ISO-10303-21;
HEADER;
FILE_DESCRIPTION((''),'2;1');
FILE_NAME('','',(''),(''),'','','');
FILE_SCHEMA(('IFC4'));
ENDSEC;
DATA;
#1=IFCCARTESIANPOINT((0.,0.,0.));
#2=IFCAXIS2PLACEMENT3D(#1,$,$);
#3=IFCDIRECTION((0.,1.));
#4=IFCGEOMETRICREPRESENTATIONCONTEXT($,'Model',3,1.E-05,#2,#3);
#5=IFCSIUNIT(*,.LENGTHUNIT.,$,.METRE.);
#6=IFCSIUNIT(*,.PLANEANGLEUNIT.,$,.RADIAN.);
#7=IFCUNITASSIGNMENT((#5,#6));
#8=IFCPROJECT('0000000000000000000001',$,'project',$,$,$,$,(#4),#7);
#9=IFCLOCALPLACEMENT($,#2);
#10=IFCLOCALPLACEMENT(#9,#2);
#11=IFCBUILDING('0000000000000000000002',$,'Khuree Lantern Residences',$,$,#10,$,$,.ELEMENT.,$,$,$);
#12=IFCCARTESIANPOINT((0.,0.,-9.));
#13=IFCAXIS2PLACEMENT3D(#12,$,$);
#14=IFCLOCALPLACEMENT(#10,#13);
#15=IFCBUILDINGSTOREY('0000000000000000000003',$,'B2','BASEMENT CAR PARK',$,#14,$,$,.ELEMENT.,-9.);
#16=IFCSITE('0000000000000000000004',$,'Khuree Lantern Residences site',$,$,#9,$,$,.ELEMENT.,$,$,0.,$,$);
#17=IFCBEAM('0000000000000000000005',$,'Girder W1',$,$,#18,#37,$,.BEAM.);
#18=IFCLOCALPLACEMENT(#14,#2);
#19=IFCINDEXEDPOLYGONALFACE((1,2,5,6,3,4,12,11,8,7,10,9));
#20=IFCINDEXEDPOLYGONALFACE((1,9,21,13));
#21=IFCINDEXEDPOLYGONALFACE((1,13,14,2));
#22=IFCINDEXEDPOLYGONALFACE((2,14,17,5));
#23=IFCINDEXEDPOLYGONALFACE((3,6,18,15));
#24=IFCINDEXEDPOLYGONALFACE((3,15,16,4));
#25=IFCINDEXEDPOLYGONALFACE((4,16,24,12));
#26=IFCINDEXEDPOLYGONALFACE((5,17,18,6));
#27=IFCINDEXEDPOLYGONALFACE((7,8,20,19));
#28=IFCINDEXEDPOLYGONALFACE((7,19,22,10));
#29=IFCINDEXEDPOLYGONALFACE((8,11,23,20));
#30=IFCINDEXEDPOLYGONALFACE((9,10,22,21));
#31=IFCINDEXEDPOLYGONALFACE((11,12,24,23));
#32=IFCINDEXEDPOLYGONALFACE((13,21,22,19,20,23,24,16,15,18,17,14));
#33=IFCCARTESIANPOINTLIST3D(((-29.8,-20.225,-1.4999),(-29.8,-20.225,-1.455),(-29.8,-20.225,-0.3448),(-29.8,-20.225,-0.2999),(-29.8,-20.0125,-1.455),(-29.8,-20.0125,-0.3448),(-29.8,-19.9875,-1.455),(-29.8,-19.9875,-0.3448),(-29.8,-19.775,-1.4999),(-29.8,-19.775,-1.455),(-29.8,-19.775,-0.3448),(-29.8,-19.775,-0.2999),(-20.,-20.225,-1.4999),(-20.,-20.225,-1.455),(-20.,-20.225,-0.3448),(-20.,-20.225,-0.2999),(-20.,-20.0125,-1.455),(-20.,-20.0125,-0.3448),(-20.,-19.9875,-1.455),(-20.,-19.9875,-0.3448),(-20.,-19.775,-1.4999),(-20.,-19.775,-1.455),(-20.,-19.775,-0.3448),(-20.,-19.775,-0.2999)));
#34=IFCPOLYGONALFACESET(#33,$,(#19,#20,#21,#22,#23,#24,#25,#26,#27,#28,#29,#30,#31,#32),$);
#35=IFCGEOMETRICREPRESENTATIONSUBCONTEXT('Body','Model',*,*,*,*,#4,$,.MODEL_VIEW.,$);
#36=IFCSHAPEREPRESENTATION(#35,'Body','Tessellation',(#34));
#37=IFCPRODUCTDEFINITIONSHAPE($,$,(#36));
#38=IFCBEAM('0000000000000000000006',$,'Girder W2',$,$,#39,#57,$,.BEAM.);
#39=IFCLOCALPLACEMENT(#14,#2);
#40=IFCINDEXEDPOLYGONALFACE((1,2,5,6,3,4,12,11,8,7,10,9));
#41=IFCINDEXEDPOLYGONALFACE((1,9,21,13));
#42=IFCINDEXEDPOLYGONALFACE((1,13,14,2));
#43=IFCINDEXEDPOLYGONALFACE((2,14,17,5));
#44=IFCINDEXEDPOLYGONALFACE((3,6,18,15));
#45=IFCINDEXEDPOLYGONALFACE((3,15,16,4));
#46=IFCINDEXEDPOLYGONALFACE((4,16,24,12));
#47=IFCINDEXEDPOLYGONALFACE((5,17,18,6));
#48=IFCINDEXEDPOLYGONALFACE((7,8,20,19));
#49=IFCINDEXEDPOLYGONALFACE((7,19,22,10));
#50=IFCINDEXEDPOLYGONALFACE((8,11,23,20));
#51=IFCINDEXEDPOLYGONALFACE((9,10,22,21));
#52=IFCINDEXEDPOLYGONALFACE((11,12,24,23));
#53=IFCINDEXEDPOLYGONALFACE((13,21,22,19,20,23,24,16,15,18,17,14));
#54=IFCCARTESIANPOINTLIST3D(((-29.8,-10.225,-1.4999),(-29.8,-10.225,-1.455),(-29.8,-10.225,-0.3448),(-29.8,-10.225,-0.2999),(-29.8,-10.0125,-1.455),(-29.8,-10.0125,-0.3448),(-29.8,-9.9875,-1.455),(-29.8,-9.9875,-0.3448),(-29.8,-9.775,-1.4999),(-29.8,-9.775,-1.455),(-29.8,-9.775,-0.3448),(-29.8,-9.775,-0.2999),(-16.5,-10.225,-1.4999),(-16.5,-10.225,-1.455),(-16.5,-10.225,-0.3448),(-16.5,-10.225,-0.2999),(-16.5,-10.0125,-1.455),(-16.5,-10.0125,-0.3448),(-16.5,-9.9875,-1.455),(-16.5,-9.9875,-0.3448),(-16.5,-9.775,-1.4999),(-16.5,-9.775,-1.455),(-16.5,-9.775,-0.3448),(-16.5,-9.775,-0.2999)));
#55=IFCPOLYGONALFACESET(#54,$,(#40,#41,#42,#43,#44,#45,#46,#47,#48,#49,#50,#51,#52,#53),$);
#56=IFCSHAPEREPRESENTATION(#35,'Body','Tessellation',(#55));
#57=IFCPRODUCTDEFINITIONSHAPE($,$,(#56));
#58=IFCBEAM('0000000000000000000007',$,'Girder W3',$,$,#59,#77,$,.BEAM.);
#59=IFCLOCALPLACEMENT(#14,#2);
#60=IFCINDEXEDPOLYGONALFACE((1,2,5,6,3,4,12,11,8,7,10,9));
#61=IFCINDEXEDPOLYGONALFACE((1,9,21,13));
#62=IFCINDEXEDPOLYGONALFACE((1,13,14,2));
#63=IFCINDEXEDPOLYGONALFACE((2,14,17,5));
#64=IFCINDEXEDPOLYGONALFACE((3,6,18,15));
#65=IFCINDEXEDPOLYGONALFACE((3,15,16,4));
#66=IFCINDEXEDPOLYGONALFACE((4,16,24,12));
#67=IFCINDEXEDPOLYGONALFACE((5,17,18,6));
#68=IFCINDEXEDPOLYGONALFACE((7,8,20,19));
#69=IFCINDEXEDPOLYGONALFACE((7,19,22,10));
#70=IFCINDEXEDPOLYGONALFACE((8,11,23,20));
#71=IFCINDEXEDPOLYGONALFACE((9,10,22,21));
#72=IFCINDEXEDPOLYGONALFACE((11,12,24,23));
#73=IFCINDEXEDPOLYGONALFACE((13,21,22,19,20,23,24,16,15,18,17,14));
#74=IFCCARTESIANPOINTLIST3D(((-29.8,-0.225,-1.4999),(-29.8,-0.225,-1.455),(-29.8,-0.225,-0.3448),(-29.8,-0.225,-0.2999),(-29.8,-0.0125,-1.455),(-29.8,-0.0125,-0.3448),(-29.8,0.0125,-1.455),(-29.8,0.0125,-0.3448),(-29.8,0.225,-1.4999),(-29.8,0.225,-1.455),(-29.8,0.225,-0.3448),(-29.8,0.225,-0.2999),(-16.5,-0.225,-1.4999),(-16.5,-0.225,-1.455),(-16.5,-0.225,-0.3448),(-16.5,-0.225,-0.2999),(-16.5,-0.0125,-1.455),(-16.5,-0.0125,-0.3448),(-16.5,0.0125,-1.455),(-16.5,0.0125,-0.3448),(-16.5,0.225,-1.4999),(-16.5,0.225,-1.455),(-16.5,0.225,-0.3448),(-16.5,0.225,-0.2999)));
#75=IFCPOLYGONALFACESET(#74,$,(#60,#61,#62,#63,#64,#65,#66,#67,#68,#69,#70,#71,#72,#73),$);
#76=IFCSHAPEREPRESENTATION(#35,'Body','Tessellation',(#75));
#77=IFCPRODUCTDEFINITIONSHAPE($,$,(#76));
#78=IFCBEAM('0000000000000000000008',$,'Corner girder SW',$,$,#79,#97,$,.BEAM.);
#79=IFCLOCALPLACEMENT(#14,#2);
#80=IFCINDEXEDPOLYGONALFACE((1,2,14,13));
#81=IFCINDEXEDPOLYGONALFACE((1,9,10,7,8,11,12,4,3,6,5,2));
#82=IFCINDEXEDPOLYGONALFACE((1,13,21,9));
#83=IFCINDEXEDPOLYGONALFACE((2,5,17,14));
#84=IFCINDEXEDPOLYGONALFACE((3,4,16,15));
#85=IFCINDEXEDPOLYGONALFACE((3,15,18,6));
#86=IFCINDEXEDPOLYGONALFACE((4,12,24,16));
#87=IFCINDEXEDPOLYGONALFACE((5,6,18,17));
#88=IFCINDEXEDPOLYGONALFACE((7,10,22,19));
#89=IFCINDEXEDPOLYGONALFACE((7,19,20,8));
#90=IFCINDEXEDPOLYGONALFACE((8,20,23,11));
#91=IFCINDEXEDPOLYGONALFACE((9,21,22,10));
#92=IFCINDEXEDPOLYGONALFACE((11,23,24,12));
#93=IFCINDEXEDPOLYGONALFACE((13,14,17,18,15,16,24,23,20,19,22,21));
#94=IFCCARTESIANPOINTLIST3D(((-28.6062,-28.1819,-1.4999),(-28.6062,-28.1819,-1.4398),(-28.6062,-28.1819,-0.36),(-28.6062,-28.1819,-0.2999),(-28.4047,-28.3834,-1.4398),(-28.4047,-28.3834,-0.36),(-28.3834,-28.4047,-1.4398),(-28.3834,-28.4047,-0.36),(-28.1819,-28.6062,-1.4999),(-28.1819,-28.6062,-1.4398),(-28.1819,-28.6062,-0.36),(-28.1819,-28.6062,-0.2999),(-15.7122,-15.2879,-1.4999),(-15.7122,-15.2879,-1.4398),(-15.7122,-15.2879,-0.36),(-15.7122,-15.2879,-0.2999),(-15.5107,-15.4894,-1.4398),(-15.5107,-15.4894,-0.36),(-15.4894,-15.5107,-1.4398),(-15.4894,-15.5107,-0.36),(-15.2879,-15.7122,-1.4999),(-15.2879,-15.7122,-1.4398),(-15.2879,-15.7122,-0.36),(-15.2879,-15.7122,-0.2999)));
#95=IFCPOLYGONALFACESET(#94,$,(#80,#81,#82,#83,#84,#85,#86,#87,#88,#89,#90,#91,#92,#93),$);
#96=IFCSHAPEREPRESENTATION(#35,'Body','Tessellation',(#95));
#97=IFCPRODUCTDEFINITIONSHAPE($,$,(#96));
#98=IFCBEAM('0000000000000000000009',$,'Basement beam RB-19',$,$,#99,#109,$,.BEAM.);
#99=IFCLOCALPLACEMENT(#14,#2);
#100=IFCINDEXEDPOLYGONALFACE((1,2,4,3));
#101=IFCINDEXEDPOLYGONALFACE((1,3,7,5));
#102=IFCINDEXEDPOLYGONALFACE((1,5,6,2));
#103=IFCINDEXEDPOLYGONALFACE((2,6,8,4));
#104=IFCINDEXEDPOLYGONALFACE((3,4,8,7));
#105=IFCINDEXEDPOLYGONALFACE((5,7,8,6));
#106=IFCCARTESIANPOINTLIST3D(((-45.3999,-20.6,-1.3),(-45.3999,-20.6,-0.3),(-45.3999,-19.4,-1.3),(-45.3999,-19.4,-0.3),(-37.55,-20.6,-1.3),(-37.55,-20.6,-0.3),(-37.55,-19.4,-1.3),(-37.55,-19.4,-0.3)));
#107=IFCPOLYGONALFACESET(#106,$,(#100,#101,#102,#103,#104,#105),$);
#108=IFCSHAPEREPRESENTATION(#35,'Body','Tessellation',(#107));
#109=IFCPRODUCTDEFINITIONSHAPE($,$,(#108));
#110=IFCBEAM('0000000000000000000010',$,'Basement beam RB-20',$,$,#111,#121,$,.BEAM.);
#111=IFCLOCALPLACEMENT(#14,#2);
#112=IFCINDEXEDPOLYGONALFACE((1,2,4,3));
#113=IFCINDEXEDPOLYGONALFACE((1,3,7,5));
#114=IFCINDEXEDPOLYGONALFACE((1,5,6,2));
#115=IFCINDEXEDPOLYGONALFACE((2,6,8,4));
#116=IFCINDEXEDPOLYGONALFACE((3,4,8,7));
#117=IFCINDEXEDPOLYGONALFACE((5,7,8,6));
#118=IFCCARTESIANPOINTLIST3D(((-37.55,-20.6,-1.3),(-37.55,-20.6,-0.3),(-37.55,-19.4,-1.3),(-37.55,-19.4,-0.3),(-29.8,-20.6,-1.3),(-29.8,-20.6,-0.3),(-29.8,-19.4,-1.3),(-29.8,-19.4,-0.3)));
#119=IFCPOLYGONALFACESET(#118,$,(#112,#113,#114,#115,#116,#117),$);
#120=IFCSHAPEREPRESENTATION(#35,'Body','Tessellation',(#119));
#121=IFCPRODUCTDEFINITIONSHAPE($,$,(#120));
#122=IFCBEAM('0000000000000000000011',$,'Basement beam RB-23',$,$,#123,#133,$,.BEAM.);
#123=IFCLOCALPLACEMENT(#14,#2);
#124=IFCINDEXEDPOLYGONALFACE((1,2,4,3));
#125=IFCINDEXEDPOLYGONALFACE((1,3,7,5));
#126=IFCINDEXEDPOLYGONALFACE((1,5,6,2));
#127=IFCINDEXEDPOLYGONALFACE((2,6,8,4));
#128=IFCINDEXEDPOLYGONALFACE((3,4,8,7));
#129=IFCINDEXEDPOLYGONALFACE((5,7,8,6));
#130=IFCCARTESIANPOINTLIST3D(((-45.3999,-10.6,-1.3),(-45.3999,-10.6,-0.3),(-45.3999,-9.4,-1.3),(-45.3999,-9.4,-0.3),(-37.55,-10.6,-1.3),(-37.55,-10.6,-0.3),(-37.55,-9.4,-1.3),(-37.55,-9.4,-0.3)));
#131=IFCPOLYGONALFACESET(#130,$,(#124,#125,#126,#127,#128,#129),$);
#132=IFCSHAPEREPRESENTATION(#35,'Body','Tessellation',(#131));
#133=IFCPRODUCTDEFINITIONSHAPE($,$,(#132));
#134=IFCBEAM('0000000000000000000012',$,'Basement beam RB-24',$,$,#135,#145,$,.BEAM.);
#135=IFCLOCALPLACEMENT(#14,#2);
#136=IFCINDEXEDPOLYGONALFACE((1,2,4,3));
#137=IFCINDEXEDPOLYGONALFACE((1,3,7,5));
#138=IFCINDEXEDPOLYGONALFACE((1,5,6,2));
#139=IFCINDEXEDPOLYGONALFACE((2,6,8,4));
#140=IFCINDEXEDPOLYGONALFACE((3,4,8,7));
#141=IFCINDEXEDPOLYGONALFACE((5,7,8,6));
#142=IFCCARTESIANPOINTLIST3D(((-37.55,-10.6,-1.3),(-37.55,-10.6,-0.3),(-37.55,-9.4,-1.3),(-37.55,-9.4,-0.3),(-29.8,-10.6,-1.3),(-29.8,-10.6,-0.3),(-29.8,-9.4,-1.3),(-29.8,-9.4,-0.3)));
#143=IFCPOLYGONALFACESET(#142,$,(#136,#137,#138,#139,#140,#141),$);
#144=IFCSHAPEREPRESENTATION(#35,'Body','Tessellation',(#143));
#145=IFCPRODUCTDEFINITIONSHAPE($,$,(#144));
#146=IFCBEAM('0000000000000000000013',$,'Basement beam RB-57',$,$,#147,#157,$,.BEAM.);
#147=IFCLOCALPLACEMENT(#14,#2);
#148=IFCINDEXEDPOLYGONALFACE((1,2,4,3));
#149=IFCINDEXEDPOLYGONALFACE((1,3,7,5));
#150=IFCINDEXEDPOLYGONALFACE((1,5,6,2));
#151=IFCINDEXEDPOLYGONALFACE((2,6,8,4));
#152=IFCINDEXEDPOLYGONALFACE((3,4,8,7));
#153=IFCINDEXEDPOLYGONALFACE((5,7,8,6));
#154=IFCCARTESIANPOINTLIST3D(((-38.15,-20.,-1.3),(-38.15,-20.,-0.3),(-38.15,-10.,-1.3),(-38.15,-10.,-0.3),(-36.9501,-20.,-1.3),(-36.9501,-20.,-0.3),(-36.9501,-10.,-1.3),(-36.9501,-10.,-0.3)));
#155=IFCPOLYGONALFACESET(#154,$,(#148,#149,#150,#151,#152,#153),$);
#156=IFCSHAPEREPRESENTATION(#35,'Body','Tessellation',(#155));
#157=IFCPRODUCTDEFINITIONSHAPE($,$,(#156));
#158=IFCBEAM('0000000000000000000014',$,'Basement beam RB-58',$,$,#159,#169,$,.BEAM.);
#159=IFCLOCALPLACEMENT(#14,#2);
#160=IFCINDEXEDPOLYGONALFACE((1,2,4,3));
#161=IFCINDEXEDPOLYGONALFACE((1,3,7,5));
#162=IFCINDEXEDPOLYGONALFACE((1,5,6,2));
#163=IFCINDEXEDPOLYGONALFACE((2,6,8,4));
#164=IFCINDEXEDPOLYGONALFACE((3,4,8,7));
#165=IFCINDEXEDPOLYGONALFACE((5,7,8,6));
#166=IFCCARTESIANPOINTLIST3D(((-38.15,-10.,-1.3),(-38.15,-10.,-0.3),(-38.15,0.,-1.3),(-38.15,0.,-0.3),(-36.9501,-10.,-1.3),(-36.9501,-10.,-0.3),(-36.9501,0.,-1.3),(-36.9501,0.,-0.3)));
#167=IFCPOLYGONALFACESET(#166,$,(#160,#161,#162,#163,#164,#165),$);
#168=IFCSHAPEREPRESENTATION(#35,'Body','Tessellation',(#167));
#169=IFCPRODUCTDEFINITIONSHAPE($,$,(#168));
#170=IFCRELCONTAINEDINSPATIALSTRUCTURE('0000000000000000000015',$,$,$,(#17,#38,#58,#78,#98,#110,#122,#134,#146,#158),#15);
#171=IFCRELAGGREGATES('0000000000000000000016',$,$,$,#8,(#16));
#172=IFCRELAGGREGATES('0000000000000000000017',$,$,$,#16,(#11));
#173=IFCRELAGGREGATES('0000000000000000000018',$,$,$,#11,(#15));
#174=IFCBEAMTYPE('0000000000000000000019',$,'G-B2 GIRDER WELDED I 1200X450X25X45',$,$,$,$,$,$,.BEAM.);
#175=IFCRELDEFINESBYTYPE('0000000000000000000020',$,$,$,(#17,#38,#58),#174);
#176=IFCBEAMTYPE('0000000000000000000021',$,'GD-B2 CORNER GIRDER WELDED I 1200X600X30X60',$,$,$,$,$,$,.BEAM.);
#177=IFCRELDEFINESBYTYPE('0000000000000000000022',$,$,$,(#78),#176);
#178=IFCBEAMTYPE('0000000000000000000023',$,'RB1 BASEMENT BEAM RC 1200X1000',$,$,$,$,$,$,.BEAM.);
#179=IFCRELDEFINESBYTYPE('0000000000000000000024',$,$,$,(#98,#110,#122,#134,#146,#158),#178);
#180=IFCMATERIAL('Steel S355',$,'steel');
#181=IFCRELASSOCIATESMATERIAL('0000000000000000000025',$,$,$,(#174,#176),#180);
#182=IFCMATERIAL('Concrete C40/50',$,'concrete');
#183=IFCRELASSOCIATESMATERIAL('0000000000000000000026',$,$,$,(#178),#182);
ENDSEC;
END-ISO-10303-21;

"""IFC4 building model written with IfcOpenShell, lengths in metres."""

from ifc_helpers import new_model, si_unit, direction, frame, origin, origin_2d, place, context, subcontext, project, spatial, rectangle, i_section, extrude, material, material_profile, profile_set, type_object, element, save


model = new_model("IFC4")

# Units and contexts
model_context = context("Model", 3, precision=1e-05, world=origin(), true_north=direction((0.0, 1.0)))
body_context = subcontext(model_context, "Body", "Model", "MODEL_VIEW")
ifc_project = project(units=[si_unit("LENGTHUNIT", "METRE"), si_unit("PLANEANGLEUNIT", "RADIAN")], contexts=[model_context])

# Site, building, storey
site_placement = place(None, origin())
site = spatial("IfcSite", under=ifc_project, at=site_placement, Name="Khuree Lantern Residences site", CompositionType="ELEMENT", RefElevation=0.0)
building_placement = place(site_placement, origin())
building = spatial("IfcBuilding", under=site, at=building_placement, Name="Khuree Lantern Residences", CompositionType="ELEMENT")
storey_placement = place(building_placement, frame((0.0, 0.0, -9.0)))
storey = spatial("IfcBuildingStorey", under=building, at=storey_placement, Name="B2", Description="BASEMENT CAR PARK", CompositionType="ELEMENT", Elevation=-9.0)

# Beams
ifc_material_1 = material(Name="Steel S355", Category="steel")
ifc_material_profile_1 = material_profile(ifc_material_1, i_section(OverallWidth=0.45, OverallDepth=1.2, WebThickness=0.0249, FlangeThickness=0.0449, at=origin_2d()), Name="WELDED I 1200X450X25X45")
ifc_profile_set_1 = profile_set([ifc_material_profile_1], Name="Steel S355")
beam_type_1 = type_object("IfcBeamType", Name="G-B2 GIRDER WELDED I 1200X450X25X45", PredefinedType="BEAM", material=ifc_profile_set_1)
beam_1_placement = place(storey_placement, frame((-29.8, -20.0, -0.8999), z_axis=(1.0, 0.0, 0.0), x_axis=(0.0, 1.0, 0.0)))
element("IfcBeam", 1, at=beam_1_placement, inside=storey, type_object=beam_type_1, Name="Girder W1", PredefinedType="BEAM", context=body_context, shape_type="SweptSolid", body=[
    extrude(i_section(OverallWidth=0.45, OverallDepth=1.2, WebThickness=0.0249, FlangeThickness=0.0449, at=origin_2d()), origin(), (0.0, 0.0, 1.0), 9.8),
])
for number, where, z_axis, x_axis, name in (
    (2, (-29.8, -10.0, -0.8999), (1.0, 0.0, 0.0), (0.0, 1.0, 0.0), "Girder W2"),
    (3, (-29.8, 0.0, -0.8999), (1.0, 0.0, 0.0), (0.0, 1.0, 0.0), "Girder W3"),
):
    element("IfcBeam", number, at=place(storey_placement, frame(where, z_axis=z_axis, x_axis=x_axis)), inside=storey, type_object=beam_type_1, Name=name, PredefinedType="BEAM", context=body_context, shape_type="SweptSolid", body=[
        extrude(i_section(OverallWidth=0.45, OverallDepth=1.2, WebThickness=0.0249, FlangeThickness=0.0449, at=origin_2d()), origin(), (0.0, 0.0, 1.0), 13.3),
    ])
ifc_material_profile_2 = material_profile(ifc_material_1, i_section(OverallWidth=0.6001, OverallDepth=1.2, WebThickness=0.03, FlangeThickness=0.0601, at=origin_2d()), Name="WELDED I 1200X600X30X60")
ifc_profile_set_2 = profile_set([ifc_material_profile_2], Name="Steel S355")
beam_type_2 = type_object("IfcBeamType", Name="GD-B2 CORNER GIRDER WELDED I 1200X600X30X60", PredefinedType="BEAM", material=ifc_profile_set_2)
beam_2_placement = place(storey_placement, frame((-28.394, -28.394, -0.8999), z_axis=(0.707107, 0.707107, 0.0), x_axis=(-0.707107, 0.707107, 0.0)))
element("IfcBeam", 4, at=beam_2_placement, inside=storey, type_object=beam_type_2, Name="Corner girder SW", PredefinedType="BEAM", context=body_context, shape_type="SweptSolid", body=[
    extrude(i_section(OverallWidth=0.6001, OverallDepth=1.2, WebThickness=0.03, FlangeThickness=0.0601, at=origin_2d()), origin(), (0.0, 0.0, 1.0), 18.2349),
])
ifc_material_2 = material(Name="Concrete C40/50", Category="concrete")
ifc_material_profile_3 = material_profile(ifc_material_2, rectangle(XDim=1.2, YDim=1.0, at=origin_2d()), Name="RC 1200X1000")
ifc_profile_set_3 = profile_set([ifc_material_profile_3], Name="Concrete C40/50")
beam_type_3 = type_object("IfcBeamType", Name="RB1 BASEMENT BEAM RC 1200X1000", PredefinedType="BEAM", material=ifc_profile_set_3)
beam_3_placement = place(storey_placement, frame((-45.3999, -20.0, -0.8), z_axis=(1.0, 0.0, 0.0), x_axis=(0.0, 1.0, 0.0)))
element("IfcBeam", 5, at=beam_3_placement, inside=storey, type_object=beam_type_3, Name="Basement beam RB-19", PredefinedType="BEAM", context=body_context, shape_type="SweptSolid", body=[
    extrude(rectangle(XDim=1.2, YDim=1.0, at=origin_2d()), origin(), (0.0, 0.0, 1.0), 7.8499),
])
beam_4_placement = place(storey_placement, frame((-37.55, -20.0, -0.8), z_axis=(1.0, 0.0, 0.0), x_axis=(0.0, 1.0, 0.0)))
element("IfcBeam", 6, at=beam_4_placement, inside=storey, type_object=beam_type_3, Name="Basement beam RB-20", PredefinedType="BEAM", context=body_context, shape_type="SweptSolid", body=[
    extrude(rectangle(XDim=1.2, YDim=1.0, at=origin_2d()), origin(), (0.0, 0.0, 1.0), 7.75),
])
beam_5_placement = place(storey_placement, frame((-45.3999, -10.0, -0.8), z_axis=(1.0, 0.0, 0.0), x_axis=(0.0, 1.0, 0.0)))
element("IfcBeam", 7, at=beam_5_placement, inside=storey, type_object=beam_type_3, Name="Basement beam RB-23", PredefinedType="BEAM", context=body_context, shape_type="SweptSolid", body=[
    extrude(rectangle(XDim=1.2, YDim=1.0, at=origin_2d()), origin(), (0.0, 0.0, 1.0), 7.8499),
])
beam_6_placement = place(storey_placement, frame((-37.55, -10.0, -0.8), z_axis=(1.0, 0.0, 0.0), x_axis=(0.0, 1.0, 0.0)))
element("IfcBeam", 8, at=beam_6_placement, inside=storey, type_object=beam_type_3, Name="Basement beam RB-24", PredefinedType="BEAM", context=body_context, shape_type="SweptSolid", body=[
    extrude(rectangle(XDim=1.2, YDim=1.0, at=origin_2d()), origin(), (0.0, 0.0, 1.0), 7.75),
])
for number, where, z_axis, x_axis, name in (
    (9, (-37.55, -20.0, -0.8), (0.0, 1.0, 0.0), (-1.0, 0.0, 0.0), "Basement beam RB-57"),
    (10, (-37.55, -10.0, -0.8), (0.0, 1.0, 0.0), (-1.0, 0.0, 0.0), "Basement beam RB-58"),
):
    element("IfcBeam", number, at=place(storey_placement, frame(where, z_axis=z_axis, x_axis=x_axis)), inside=storey, type_object=beam_type_3, Name=name, PredefinedType="BEAM", context=body_context, shape_type="SweptSolid", body=[
        extrude(rectangle(XDim=1.2, YDim=1.0, at=origin_2d()), origin(), (0.0, 0.0, 1.0), 10.0),
    ])

save(model, "model.ifc")
